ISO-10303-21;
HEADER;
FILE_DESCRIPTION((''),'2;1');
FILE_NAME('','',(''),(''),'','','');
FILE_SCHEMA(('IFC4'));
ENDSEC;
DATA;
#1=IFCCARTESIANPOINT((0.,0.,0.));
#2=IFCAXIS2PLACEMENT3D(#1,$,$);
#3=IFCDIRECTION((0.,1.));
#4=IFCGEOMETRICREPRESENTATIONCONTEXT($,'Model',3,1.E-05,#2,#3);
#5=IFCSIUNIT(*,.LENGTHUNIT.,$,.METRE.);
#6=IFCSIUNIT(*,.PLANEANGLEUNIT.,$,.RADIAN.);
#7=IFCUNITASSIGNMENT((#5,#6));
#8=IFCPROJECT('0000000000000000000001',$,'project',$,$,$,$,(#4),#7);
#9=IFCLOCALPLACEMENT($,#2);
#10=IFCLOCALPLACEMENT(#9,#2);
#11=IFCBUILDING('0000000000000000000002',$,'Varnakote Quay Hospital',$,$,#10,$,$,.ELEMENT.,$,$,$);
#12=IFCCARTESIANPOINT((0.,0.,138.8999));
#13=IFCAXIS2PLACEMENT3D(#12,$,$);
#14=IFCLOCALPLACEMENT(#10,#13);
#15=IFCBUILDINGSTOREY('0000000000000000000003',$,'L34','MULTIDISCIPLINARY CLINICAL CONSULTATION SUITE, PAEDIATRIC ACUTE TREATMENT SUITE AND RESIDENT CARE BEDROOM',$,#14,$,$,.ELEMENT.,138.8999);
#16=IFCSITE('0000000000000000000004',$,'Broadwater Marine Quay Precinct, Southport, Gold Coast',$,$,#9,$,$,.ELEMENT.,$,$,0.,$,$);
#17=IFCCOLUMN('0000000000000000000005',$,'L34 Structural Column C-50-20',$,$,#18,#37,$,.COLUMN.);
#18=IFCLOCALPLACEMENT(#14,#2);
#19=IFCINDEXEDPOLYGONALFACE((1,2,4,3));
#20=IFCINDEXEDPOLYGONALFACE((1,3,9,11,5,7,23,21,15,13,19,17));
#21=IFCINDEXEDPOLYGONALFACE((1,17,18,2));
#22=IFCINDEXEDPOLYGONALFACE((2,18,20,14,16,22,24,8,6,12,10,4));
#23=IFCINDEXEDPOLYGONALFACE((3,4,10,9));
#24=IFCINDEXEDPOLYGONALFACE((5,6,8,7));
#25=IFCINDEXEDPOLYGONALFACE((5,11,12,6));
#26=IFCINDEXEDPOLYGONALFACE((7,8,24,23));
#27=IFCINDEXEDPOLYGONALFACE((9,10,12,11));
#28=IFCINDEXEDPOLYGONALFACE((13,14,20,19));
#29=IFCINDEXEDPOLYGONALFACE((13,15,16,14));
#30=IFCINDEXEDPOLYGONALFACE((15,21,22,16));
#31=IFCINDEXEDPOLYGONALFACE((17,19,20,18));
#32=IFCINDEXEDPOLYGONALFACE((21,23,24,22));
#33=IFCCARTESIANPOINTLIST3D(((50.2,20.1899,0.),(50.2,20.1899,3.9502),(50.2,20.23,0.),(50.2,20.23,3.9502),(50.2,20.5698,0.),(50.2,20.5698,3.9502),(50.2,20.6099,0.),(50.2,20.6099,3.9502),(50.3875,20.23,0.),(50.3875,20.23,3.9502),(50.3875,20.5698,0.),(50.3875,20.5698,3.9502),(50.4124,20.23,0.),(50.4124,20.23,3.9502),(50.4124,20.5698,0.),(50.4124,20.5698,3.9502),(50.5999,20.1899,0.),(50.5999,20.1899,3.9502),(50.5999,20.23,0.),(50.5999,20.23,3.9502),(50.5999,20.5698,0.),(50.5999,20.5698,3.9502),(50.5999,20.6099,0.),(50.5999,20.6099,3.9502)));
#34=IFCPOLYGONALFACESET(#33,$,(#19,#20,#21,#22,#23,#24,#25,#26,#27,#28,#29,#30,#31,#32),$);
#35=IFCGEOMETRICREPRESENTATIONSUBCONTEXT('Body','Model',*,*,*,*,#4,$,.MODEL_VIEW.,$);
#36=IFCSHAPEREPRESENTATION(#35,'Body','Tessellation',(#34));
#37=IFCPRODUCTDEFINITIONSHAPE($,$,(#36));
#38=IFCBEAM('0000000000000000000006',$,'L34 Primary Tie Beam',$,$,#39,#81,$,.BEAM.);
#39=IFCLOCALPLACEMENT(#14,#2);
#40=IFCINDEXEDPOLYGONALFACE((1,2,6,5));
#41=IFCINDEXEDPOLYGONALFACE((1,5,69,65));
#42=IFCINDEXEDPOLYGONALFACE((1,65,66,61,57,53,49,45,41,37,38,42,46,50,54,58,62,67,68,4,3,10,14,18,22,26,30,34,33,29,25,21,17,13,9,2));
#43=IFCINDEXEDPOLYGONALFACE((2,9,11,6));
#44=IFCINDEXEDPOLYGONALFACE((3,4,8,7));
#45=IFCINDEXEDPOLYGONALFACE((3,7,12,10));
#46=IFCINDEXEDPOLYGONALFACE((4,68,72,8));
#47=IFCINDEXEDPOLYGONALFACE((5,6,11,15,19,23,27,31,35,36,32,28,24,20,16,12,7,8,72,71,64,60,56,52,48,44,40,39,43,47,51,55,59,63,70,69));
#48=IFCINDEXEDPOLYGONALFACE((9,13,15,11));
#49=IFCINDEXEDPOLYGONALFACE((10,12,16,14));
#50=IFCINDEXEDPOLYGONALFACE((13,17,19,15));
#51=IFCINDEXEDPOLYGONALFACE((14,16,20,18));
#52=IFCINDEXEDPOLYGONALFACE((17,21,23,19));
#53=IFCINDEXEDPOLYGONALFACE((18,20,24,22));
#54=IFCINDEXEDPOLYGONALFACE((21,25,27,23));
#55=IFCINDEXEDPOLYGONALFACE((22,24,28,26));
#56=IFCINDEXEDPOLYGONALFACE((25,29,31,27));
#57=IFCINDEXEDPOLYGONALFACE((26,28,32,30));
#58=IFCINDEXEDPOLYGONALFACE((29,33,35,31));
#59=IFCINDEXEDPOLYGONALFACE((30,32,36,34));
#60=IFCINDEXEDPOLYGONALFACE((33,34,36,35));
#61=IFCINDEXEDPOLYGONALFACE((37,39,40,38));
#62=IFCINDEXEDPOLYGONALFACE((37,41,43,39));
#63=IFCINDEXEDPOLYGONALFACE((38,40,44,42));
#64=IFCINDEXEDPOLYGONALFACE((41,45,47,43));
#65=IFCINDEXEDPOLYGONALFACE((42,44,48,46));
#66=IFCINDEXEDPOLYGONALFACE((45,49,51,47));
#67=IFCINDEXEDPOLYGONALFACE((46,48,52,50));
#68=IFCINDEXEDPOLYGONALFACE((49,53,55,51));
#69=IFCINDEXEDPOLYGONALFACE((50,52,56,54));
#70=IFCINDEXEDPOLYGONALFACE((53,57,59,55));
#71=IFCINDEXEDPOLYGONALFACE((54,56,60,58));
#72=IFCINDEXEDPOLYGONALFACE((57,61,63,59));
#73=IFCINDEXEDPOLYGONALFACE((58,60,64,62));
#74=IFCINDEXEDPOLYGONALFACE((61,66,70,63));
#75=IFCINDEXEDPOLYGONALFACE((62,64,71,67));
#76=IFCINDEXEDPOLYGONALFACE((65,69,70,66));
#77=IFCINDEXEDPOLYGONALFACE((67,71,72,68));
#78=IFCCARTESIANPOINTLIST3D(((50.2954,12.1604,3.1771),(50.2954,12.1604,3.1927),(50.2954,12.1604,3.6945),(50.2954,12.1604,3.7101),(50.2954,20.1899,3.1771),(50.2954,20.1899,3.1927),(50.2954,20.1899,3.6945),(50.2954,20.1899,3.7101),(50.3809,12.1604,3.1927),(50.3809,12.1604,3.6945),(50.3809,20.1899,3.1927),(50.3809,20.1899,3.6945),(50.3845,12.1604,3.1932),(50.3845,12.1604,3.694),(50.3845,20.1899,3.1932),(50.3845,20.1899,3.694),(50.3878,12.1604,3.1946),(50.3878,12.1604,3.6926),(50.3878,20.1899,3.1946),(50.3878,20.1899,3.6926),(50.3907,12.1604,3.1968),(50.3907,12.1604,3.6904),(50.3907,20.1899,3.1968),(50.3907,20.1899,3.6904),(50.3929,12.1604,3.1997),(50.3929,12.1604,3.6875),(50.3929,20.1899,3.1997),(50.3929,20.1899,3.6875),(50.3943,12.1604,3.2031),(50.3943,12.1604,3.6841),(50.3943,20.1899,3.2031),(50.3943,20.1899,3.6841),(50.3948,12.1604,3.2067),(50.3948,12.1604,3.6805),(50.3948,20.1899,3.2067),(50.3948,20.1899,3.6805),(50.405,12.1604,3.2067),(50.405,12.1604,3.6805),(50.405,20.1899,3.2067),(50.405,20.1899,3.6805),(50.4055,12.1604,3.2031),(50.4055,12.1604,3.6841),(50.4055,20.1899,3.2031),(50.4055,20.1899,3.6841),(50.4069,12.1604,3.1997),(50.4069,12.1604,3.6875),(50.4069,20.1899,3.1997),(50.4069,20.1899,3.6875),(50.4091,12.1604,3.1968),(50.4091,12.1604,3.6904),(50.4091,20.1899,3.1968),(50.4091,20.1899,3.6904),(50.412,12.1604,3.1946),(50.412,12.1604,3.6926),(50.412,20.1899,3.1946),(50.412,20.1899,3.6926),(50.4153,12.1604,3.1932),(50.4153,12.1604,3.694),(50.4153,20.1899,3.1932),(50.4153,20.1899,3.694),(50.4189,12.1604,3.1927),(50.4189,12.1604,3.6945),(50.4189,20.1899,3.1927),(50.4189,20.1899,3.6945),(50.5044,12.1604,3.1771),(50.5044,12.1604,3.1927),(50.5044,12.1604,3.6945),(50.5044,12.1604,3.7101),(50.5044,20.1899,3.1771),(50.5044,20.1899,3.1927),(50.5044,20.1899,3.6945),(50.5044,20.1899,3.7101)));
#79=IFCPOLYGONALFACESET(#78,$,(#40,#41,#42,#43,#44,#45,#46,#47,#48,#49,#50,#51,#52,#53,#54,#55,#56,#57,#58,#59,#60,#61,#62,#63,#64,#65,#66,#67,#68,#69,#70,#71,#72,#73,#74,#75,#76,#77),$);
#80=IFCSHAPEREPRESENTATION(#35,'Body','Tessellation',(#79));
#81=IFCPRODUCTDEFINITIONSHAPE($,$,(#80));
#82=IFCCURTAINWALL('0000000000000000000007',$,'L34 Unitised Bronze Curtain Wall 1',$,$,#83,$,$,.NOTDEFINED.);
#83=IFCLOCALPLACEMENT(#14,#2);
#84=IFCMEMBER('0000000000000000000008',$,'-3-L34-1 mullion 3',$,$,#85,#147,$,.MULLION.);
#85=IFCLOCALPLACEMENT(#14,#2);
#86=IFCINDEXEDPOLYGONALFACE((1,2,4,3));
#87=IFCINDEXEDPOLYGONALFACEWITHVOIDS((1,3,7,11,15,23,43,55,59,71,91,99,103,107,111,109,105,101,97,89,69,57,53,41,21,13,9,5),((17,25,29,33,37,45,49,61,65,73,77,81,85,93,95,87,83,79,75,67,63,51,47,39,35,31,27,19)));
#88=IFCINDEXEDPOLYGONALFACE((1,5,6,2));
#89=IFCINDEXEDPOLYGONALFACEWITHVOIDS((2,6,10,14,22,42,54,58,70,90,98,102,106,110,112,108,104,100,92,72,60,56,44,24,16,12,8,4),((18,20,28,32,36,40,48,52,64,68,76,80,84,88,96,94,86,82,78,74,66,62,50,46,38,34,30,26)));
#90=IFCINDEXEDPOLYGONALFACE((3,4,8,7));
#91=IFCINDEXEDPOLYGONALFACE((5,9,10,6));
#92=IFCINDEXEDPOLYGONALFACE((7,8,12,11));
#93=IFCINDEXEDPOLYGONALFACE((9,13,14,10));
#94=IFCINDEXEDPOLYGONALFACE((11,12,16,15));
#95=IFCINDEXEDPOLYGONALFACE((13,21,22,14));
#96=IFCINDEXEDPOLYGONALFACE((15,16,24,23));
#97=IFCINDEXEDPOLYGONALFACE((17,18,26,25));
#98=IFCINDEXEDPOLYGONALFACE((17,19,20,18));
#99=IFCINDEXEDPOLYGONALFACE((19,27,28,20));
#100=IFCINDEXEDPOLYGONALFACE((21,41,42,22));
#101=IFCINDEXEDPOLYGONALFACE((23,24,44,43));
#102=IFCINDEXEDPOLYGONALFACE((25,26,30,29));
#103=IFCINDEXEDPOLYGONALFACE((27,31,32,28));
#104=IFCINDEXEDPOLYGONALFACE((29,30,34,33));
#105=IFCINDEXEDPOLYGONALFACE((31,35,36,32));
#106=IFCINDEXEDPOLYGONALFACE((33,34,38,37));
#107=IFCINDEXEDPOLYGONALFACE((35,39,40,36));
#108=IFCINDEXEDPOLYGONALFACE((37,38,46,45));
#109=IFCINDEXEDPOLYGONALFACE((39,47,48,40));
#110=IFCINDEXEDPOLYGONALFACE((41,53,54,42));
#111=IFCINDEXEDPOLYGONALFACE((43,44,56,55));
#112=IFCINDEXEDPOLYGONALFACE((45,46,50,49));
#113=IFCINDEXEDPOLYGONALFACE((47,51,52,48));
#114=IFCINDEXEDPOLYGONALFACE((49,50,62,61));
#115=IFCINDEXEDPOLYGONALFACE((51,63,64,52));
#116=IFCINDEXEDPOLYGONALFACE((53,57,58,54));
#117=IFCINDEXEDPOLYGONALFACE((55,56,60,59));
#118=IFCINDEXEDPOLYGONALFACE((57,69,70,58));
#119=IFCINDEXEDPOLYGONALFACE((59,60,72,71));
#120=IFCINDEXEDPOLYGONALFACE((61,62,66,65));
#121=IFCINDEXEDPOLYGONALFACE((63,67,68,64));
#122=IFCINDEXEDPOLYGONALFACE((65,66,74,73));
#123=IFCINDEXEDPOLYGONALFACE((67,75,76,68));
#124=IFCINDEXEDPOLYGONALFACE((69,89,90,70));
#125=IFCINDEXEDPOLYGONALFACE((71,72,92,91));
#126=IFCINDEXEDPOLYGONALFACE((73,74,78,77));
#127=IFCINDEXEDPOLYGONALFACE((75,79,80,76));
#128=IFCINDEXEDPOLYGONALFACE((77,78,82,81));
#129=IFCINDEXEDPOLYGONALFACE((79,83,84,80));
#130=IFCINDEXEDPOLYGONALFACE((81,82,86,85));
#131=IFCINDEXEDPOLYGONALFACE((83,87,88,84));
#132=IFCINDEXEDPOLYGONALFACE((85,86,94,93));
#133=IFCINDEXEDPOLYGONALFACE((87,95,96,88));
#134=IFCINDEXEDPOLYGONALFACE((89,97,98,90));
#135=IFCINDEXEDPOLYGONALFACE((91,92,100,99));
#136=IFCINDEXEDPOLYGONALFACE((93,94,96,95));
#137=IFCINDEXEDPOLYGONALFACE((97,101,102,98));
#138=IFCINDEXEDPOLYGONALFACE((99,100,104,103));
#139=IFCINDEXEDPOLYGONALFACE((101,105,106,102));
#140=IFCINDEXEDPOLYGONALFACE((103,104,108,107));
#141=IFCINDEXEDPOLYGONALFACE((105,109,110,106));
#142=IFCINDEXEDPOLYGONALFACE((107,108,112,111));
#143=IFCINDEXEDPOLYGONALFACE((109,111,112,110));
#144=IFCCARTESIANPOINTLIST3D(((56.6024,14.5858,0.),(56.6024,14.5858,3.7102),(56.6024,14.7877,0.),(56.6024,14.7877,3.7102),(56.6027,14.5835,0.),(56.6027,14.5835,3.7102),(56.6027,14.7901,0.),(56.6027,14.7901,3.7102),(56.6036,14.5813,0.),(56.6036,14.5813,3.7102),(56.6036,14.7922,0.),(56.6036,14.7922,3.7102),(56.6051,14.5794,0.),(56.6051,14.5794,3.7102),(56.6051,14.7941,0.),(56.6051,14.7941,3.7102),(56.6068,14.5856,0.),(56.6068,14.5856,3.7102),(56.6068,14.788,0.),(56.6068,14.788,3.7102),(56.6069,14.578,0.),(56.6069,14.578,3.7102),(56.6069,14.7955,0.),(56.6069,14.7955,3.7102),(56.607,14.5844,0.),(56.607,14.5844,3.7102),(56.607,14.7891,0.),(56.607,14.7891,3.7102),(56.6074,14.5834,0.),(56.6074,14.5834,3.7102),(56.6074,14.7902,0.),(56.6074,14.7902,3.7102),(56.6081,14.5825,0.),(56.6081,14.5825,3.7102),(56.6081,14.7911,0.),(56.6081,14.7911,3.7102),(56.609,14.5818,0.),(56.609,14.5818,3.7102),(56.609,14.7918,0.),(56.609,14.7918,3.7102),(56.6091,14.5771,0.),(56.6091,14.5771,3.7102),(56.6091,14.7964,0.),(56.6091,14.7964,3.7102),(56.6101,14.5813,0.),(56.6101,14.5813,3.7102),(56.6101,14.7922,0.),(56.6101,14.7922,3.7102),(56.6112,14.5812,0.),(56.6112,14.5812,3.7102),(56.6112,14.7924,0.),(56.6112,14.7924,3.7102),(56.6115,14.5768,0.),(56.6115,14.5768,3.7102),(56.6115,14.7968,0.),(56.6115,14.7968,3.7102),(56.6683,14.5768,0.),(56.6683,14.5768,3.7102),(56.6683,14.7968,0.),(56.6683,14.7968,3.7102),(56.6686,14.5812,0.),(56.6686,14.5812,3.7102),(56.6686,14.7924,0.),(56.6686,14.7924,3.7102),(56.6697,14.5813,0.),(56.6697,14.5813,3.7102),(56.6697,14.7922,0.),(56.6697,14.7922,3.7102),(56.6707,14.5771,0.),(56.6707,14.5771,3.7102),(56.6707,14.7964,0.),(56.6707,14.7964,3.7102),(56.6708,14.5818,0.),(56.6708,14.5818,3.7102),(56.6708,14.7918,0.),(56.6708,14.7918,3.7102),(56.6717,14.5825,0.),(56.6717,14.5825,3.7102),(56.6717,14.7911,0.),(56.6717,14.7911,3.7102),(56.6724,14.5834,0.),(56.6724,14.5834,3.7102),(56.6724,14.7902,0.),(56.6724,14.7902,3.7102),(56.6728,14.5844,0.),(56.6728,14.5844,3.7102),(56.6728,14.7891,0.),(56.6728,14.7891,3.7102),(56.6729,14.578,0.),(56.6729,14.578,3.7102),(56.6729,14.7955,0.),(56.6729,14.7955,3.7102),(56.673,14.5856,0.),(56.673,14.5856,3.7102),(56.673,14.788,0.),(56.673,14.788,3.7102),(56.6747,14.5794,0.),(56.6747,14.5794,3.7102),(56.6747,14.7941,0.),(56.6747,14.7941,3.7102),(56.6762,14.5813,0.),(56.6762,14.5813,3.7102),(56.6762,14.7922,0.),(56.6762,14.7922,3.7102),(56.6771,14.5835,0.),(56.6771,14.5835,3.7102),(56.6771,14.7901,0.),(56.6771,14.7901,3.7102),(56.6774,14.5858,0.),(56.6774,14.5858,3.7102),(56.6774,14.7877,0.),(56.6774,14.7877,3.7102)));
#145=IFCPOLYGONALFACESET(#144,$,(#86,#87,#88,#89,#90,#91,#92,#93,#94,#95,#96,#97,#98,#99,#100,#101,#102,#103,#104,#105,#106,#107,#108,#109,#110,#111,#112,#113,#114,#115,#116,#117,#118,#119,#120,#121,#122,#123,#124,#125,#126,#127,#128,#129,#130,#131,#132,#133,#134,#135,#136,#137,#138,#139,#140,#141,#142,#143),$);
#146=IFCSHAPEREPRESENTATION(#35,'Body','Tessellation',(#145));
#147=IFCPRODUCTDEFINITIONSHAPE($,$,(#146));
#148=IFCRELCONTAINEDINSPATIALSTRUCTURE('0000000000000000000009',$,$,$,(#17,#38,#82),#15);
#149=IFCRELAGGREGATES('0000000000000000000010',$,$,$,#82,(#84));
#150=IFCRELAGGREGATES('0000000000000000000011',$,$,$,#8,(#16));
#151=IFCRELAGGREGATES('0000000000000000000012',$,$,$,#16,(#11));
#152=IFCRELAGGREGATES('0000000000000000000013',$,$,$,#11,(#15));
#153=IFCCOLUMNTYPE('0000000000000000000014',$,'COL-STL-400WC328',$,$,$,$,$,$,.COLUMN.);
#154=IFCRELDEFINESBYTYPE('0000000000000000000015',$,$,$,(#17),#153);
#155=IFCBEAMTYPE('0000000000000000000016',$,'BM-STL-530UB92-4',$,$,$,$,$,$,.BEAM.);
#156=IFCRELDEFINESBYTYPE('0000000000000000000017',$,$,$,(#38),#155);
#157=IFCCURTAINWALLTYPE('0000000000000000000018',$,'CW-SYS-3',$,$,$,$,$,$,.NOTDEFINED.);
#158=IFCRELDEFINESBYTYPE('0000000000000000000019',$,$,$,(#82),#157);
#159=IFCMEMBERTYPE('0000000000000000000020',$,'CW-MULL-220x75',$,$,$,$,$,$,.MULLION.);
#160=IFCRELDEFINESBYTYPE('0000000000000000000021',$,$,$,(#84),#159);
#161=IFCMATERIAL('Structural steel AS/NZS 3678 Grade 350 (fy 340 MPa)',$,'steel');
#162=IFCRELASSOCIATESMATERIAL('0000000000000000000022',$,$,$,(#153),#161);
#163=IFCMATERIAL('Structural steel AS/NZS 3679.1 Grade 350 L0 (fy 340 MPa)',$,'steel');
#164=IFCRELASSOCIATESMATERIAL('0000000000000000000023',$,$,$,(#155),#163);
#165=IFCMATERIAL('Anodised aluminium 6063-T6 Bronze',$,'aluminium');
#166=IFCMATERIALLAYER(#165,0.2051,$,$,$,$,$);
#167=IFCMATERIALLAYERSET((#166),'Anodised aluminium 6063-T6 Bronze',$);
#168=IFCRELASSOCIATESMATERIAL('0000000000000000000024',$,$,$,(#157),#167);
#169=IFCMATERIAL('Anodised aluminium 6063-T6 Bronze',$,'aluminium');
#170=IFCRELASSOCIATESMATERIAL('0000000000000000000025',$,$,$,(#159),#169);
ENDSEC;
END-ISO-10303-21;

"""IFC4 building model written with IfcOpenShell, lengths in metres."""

from ifc_helpers import new_model, si_unit, direction, frame, origin, origin_2d, place, context, subcontext, project, spatial, hollow_rectangle, i_section, extrude, material, layer, layer_set, material_profile, profile_set, type_object, element, aggregate, save


model = new_model("IFC4")

# Units and contexts
model_context = context("Model", 3, precision=1e-05, world=origin(), true_north=direction((0.0, 1.0)))
body_context = subcontext(model_context, "Body", "Model", "MODEL_VIEW")
ifc_project = project(units=[si_unit("LENGTHUNIT", "METRE"), si_unit("PLANEANGLEUNIT", "RADIAN")], contexts=[model_context])

# Site, building, storey
site_placement = place(None, origin())
site = spatial("IfcSite", under=ifc_project, at=site_placement, Name="Broadwater Marine Quay Precinct, Southport, Gold Coast", CompositionType="ELEMENT", RefElevation=0.0)
building_placement = place(site_placement, origin())
building = spatial("IfcBuilding", under=site, at=building_placement, Name="Varnakote Quay Hospital", CompositionType="ELEMENT")
storey_placement = place(building_placement, frame((0.0, 0.0, 138.8999)))
storey = spatial("IfcBuildingStorey", under=building, at=storey_placement, Name="L34", Description="MULTIDISCIPLINARY CLINICAL CONSULTATION SUITE, PAEDIATRIC ACUTE TREATMENT SUITE AND RESIDENT CARE BEDROOM", CompositionType="ELEMENT", Elevation=138.8999)

# Column
ifc_material_1 = material(Name="Structural steel AS/NZS 3678 Grade 350 (fy 340 MPa)", Category="steel")
ifc_material_profile_1 = material_profile(ifc_material_1, i_section(OverallWidth=0.3999, OverallDepth=0.4199, WebThickness=0.0249, FlangeThickness=0.04, at=origin_2d()), Name="400WC328")
ifc_profile_set_1 = profile_set([ifc_material_profile_1], Name="Structural steel AS/NZS 3678 Grade 350 (fy 340 MPa)")
column_type = type_object("IfcColumnType", Name="COL-STL-400WC328", PredefinedType="COLUMN", material=ifc_profile_set_1)
column_placement = place(storey_placement, frame((50.3999, 20.3999, 0.0), z_axis=(0.0, 0.0, 1.0), x_axis=(1.0, 0.0, 0.0)))
element("IfcColumn", 1, at=column_placement, inside=storey, type_object=column_type, Name="L34 Structural Column C-50-20", PredefinedType="COLUMN", context=body_context, shape_type="SweptSolid", body=[
    extrude(i_section(OverallWidth=0.3999, OverallDepth=0.4199, WebThickness=0.0249, FlangeThickness=0.04, at=origin_2d()), origin(), (0.0, 0.0, 1.0), 3.9502),
])

# Beam
ifc_material_2 = material(Name="Structural steel AS/NZS 3679.1 Grade 350 L0 (fy 340 MPa)", Category="steel")
ifc_material_profile_2 = material_profile(ifc_material_2, i_section(OverallWidth=0.209, OverallDepth=0.533, WebThickness=0.0103, FlangeThickness=0.0156, FilletRadius=0.0139, at=origin_2d()), Name="530UB92.4")
ifc_profile_set_2 = profile_set([ifc_material_profile_2], Name="Structural steel AS/NZS 3679.1 Grade 350 L0 (fy 340 MPa)")
beam_type = type_object("IfcBeamType", Name="BM-STL-530UB92-4", PredefinedType="BEAM", material=ifc_profile_set_2)
beam_placement = place(storey_placement, frame((50.3999, 12.1604, 3.4436), z_axis=(0.0, 1.0, 0.0), x_axis=(-1.0, 0.0, 0.0)))
element("IfcBeam", 2, at=beam_placement, inside=storey, type_object=beam_type, Name="L34 Primary Tie Beam", PredefinedType="BEAM", context=body_context, shape_type="SweptSolid", body=[
    extrude(i_section(OverallWidth=0.209, OverallDepth=0.533, WebThickness=0.0103, FlangeThickness=0.0156, FilletRadius=0.0139, at=origin_2d()), origin(), (0.0, 0.0, 1.0), 8.0295),
])

# Curtain wall, member
ifc_material_3 = material(Name="Anodised aluminium 6063-T6 Bronze", Category="aluminium")
ifc_layer_1 = layer(ifc_material_3, 0.2051)
ifc_layer_set_1 = layer_set([ifc_layer_1], Name="Anodised aluminium 6063-T6 Bronze")
curtain_wall_type = type_object("IfcCurtainWallType", Name="CW-SYS-3", PredefinedType="NOTDEFINED", material=ifc_layer_set_1)
curtain_wall_placement = place(storey_placement, origin())
curtain_wall = element("IfcCurtainWall", 3, at=curtain_wall_placement, inside=storey, type_object=curtain_wall_type, Name="L34 Unitised Bronze Curtain Wall 1", PredefinedType="NOTDEFINED")
ifc_material_4 = material(Name="Anodised aluminium 6063-T6 Bronze", Category="aluminium")
ifc_material_profile_3 = material_profile(ifc_material_4, hollow_rectangle(XDim=0.075, YDim=0.22, WallThickness=0.0044, InnerFilletRadius=0.0044, OuterFilletRadius=0.009, at=origin_2d()), Name="CW-MULL-220x75")
ifc_profile_set_3 = profile_set([ifc_material_profile_3], Name="Anodised aluminium 6063-T6 Bronze")
member_type_1 = type_object("IfcMemberType", Name="CW-MULL-220x75", PredefinedType="MULLION", material=ifc_profile_set_3)
member_1_placement = place(storey_placement, frame((56.6399, 14.6868, 0.0), z_axis=(0.0, 0.0, 1.0), x_axis=(-1.0, 0.0, 0.0)))
member_1 = element("IfcMember", 4, at=member_1_placement, type_object=member_type_1, Name="-3-L34-1 mullion 3", PredefinedType="MULLION", context=body_context, shape_type="SweptSolid", body=[
    extrude(hollow_rectangle(XDim=0.075, YDim=0.22, WallThickness=0.0044, InnerFilletRadius=0.0044, OuterFilletRadius=0.009, at=origin_2d()), origin(), (0.0, 0.0, 1.0), 3.7102),
])
aggregate(curtain_wall, [member_1])

save(model, "model.ifc")
